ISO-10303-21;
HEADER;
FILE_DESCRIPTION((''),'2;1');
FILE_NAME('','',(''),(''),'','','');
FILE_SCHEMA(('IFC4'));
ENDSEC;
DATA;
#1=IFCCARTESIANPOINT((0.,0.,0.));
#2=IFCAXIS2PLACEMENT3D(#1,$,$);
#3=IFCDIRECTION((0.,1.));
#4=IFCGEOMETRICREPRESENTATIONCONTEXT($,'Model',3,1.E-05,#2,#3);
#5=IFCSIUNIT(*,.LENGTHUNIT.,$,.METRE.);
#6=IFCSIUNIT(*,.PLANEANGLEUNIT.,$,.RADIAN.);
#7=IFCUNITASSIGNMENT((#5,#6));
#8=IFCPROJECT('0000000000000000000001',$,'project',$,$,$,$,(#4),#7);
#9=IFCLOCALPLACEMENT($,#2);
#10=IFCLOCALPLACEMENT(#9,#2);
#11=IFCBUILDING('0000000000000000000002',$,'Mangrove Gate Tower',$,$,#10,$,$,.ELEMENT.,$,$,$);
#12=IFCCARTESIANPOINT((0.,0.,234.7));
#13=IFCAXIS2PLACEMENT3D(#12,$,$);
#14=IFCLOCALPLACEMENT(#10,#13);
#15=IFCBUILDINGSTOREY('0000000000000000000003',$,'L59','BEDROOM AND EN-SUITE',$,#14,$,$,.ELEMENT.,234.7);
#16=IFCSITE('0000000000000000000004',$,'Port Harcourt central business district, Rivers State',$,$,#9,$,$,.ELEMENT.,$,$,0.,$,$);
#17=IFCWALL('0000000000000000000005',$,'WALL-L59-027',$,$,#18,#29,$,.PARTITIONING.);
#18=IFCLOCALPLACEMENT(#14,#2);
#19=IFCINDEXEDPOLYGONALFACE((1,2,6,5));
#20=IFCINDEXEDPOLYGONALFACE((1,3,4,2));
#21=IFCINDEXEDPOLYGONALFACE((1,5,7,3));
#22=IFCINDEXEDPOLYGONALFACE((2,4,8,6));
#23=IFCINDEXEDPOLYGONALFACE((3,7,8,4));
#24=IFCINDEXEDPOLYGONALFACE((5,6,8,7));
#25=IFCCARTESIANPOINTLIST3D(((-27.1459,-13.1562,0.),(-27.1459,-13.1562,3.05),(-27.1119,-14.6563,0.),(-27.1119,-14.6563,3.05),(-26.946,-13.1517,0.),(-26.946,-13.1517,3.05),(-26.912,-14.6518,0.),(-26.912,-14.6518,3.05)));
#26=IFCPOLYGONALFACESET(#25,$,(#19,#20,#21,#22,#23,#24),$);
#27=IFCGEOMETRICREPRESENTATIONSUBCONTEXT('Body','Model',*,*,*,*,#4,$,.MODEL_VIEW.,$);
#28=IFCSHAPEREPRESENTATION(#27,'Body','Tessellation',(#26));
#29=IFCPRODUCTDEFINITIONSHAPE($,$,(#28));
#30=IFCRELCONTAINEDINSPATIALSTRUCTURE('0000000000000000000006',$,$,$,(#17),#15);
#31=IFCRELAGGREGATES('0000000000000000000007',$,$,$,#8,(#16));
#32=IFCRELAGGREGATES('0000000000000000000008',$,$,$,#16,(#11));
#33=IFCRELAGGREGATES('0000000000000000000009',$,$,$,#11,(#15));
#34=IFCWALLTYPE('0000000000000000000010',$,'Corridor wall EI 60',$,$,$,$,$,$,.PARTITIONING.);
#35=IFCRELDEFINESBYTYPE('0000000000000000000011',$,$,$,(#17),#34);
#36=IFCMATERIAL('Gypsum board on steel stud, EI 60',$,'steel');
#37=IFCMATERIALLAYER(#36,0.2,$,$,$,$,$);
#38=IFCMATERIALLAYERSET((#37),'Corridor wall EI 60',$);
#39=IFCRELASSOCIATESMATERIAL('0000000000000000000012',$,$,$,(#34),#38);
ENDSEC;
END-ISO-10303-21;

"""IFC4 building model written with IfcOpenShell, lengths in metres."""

from ifc_helpers import new_model, si_unit, direction, frame, frame_2d, origin, place, context, subcontext, project, spatial, rectangle, extrude, material, layer, layer_set, type_object, element, save


model = new_model("IFC4")

# Units and contexts
model_context = context("Model", 3, precision=1e-05, world=origin(), true_north=direction((0.0, 1.0)))
body_context = subcontext(model_context, "Body", "Model", "MODEL_VIEW")
ifc_project = project(units=[si_unit("LENGTHUNIT", "METRE"), si_unit("PLANEANGLEUNIT", "RADIAN")], contexts=[model_context])

# Site, building, storey
site_placement = place(None, origin())
site = spatial("IfcSite", under=ifc_project, at=site_placement, Name="Port Harcourt central business district, Rivers State", CompositionType="ELEMENT", RefElevation=0.0)
building_placement = place(site_placement, origin())
building = spatial("IfcBuilding", under=site, at=building_placement, Name="Mangrove Gate Tower", CompositionType="ELEMENT")
storey_placement = place(building_placement, frame((0.0, 0.0, 234.7)))
storey = spatial("IfcBuildingStorey", under=building, at=storey_placement, Name="L59", Description="BEDROOM AND EN-SUITE", CompositionType="ELEMENT", Elevation=234.7)

# Wall
ifc_material_1 = material(Name="Gypsum board on steel stud, EI 60", Category="steel")
ifc_layer = layer(ifc_material_1, 0.2)
ifc_layer_set = layer_set([ifc_layer], Name="Corridor wall EI 60")
wall_type = type_object("IfcWallType", Name="Corridor wall EI 60", PredefinedType="PARTITIONING", material=ifc_layer_set)
wall_1_placement = place(storey_placement, frame((-27.012, -14.6541, 0.0), z_axis=(0.0, 0.0, 1.0), x_axis=(-0.022618, 0.999744, 0.0)))
element("IfcWall", 1, at=wall_1_placement, inside=storey, type_object=wall_type, Name="WALL-L59-027", PredefinedType="PARTITIONING", context=body_context, shape_type="SweptSolid", body=[
    extrude(rectangle(XDim=1.5005, YDim=0.2, at=frame_2d((0.7502, 0.0))), origin(), (0.0, 0.0, 1.0), 3.05),
])

save(model, "model.ifc")
